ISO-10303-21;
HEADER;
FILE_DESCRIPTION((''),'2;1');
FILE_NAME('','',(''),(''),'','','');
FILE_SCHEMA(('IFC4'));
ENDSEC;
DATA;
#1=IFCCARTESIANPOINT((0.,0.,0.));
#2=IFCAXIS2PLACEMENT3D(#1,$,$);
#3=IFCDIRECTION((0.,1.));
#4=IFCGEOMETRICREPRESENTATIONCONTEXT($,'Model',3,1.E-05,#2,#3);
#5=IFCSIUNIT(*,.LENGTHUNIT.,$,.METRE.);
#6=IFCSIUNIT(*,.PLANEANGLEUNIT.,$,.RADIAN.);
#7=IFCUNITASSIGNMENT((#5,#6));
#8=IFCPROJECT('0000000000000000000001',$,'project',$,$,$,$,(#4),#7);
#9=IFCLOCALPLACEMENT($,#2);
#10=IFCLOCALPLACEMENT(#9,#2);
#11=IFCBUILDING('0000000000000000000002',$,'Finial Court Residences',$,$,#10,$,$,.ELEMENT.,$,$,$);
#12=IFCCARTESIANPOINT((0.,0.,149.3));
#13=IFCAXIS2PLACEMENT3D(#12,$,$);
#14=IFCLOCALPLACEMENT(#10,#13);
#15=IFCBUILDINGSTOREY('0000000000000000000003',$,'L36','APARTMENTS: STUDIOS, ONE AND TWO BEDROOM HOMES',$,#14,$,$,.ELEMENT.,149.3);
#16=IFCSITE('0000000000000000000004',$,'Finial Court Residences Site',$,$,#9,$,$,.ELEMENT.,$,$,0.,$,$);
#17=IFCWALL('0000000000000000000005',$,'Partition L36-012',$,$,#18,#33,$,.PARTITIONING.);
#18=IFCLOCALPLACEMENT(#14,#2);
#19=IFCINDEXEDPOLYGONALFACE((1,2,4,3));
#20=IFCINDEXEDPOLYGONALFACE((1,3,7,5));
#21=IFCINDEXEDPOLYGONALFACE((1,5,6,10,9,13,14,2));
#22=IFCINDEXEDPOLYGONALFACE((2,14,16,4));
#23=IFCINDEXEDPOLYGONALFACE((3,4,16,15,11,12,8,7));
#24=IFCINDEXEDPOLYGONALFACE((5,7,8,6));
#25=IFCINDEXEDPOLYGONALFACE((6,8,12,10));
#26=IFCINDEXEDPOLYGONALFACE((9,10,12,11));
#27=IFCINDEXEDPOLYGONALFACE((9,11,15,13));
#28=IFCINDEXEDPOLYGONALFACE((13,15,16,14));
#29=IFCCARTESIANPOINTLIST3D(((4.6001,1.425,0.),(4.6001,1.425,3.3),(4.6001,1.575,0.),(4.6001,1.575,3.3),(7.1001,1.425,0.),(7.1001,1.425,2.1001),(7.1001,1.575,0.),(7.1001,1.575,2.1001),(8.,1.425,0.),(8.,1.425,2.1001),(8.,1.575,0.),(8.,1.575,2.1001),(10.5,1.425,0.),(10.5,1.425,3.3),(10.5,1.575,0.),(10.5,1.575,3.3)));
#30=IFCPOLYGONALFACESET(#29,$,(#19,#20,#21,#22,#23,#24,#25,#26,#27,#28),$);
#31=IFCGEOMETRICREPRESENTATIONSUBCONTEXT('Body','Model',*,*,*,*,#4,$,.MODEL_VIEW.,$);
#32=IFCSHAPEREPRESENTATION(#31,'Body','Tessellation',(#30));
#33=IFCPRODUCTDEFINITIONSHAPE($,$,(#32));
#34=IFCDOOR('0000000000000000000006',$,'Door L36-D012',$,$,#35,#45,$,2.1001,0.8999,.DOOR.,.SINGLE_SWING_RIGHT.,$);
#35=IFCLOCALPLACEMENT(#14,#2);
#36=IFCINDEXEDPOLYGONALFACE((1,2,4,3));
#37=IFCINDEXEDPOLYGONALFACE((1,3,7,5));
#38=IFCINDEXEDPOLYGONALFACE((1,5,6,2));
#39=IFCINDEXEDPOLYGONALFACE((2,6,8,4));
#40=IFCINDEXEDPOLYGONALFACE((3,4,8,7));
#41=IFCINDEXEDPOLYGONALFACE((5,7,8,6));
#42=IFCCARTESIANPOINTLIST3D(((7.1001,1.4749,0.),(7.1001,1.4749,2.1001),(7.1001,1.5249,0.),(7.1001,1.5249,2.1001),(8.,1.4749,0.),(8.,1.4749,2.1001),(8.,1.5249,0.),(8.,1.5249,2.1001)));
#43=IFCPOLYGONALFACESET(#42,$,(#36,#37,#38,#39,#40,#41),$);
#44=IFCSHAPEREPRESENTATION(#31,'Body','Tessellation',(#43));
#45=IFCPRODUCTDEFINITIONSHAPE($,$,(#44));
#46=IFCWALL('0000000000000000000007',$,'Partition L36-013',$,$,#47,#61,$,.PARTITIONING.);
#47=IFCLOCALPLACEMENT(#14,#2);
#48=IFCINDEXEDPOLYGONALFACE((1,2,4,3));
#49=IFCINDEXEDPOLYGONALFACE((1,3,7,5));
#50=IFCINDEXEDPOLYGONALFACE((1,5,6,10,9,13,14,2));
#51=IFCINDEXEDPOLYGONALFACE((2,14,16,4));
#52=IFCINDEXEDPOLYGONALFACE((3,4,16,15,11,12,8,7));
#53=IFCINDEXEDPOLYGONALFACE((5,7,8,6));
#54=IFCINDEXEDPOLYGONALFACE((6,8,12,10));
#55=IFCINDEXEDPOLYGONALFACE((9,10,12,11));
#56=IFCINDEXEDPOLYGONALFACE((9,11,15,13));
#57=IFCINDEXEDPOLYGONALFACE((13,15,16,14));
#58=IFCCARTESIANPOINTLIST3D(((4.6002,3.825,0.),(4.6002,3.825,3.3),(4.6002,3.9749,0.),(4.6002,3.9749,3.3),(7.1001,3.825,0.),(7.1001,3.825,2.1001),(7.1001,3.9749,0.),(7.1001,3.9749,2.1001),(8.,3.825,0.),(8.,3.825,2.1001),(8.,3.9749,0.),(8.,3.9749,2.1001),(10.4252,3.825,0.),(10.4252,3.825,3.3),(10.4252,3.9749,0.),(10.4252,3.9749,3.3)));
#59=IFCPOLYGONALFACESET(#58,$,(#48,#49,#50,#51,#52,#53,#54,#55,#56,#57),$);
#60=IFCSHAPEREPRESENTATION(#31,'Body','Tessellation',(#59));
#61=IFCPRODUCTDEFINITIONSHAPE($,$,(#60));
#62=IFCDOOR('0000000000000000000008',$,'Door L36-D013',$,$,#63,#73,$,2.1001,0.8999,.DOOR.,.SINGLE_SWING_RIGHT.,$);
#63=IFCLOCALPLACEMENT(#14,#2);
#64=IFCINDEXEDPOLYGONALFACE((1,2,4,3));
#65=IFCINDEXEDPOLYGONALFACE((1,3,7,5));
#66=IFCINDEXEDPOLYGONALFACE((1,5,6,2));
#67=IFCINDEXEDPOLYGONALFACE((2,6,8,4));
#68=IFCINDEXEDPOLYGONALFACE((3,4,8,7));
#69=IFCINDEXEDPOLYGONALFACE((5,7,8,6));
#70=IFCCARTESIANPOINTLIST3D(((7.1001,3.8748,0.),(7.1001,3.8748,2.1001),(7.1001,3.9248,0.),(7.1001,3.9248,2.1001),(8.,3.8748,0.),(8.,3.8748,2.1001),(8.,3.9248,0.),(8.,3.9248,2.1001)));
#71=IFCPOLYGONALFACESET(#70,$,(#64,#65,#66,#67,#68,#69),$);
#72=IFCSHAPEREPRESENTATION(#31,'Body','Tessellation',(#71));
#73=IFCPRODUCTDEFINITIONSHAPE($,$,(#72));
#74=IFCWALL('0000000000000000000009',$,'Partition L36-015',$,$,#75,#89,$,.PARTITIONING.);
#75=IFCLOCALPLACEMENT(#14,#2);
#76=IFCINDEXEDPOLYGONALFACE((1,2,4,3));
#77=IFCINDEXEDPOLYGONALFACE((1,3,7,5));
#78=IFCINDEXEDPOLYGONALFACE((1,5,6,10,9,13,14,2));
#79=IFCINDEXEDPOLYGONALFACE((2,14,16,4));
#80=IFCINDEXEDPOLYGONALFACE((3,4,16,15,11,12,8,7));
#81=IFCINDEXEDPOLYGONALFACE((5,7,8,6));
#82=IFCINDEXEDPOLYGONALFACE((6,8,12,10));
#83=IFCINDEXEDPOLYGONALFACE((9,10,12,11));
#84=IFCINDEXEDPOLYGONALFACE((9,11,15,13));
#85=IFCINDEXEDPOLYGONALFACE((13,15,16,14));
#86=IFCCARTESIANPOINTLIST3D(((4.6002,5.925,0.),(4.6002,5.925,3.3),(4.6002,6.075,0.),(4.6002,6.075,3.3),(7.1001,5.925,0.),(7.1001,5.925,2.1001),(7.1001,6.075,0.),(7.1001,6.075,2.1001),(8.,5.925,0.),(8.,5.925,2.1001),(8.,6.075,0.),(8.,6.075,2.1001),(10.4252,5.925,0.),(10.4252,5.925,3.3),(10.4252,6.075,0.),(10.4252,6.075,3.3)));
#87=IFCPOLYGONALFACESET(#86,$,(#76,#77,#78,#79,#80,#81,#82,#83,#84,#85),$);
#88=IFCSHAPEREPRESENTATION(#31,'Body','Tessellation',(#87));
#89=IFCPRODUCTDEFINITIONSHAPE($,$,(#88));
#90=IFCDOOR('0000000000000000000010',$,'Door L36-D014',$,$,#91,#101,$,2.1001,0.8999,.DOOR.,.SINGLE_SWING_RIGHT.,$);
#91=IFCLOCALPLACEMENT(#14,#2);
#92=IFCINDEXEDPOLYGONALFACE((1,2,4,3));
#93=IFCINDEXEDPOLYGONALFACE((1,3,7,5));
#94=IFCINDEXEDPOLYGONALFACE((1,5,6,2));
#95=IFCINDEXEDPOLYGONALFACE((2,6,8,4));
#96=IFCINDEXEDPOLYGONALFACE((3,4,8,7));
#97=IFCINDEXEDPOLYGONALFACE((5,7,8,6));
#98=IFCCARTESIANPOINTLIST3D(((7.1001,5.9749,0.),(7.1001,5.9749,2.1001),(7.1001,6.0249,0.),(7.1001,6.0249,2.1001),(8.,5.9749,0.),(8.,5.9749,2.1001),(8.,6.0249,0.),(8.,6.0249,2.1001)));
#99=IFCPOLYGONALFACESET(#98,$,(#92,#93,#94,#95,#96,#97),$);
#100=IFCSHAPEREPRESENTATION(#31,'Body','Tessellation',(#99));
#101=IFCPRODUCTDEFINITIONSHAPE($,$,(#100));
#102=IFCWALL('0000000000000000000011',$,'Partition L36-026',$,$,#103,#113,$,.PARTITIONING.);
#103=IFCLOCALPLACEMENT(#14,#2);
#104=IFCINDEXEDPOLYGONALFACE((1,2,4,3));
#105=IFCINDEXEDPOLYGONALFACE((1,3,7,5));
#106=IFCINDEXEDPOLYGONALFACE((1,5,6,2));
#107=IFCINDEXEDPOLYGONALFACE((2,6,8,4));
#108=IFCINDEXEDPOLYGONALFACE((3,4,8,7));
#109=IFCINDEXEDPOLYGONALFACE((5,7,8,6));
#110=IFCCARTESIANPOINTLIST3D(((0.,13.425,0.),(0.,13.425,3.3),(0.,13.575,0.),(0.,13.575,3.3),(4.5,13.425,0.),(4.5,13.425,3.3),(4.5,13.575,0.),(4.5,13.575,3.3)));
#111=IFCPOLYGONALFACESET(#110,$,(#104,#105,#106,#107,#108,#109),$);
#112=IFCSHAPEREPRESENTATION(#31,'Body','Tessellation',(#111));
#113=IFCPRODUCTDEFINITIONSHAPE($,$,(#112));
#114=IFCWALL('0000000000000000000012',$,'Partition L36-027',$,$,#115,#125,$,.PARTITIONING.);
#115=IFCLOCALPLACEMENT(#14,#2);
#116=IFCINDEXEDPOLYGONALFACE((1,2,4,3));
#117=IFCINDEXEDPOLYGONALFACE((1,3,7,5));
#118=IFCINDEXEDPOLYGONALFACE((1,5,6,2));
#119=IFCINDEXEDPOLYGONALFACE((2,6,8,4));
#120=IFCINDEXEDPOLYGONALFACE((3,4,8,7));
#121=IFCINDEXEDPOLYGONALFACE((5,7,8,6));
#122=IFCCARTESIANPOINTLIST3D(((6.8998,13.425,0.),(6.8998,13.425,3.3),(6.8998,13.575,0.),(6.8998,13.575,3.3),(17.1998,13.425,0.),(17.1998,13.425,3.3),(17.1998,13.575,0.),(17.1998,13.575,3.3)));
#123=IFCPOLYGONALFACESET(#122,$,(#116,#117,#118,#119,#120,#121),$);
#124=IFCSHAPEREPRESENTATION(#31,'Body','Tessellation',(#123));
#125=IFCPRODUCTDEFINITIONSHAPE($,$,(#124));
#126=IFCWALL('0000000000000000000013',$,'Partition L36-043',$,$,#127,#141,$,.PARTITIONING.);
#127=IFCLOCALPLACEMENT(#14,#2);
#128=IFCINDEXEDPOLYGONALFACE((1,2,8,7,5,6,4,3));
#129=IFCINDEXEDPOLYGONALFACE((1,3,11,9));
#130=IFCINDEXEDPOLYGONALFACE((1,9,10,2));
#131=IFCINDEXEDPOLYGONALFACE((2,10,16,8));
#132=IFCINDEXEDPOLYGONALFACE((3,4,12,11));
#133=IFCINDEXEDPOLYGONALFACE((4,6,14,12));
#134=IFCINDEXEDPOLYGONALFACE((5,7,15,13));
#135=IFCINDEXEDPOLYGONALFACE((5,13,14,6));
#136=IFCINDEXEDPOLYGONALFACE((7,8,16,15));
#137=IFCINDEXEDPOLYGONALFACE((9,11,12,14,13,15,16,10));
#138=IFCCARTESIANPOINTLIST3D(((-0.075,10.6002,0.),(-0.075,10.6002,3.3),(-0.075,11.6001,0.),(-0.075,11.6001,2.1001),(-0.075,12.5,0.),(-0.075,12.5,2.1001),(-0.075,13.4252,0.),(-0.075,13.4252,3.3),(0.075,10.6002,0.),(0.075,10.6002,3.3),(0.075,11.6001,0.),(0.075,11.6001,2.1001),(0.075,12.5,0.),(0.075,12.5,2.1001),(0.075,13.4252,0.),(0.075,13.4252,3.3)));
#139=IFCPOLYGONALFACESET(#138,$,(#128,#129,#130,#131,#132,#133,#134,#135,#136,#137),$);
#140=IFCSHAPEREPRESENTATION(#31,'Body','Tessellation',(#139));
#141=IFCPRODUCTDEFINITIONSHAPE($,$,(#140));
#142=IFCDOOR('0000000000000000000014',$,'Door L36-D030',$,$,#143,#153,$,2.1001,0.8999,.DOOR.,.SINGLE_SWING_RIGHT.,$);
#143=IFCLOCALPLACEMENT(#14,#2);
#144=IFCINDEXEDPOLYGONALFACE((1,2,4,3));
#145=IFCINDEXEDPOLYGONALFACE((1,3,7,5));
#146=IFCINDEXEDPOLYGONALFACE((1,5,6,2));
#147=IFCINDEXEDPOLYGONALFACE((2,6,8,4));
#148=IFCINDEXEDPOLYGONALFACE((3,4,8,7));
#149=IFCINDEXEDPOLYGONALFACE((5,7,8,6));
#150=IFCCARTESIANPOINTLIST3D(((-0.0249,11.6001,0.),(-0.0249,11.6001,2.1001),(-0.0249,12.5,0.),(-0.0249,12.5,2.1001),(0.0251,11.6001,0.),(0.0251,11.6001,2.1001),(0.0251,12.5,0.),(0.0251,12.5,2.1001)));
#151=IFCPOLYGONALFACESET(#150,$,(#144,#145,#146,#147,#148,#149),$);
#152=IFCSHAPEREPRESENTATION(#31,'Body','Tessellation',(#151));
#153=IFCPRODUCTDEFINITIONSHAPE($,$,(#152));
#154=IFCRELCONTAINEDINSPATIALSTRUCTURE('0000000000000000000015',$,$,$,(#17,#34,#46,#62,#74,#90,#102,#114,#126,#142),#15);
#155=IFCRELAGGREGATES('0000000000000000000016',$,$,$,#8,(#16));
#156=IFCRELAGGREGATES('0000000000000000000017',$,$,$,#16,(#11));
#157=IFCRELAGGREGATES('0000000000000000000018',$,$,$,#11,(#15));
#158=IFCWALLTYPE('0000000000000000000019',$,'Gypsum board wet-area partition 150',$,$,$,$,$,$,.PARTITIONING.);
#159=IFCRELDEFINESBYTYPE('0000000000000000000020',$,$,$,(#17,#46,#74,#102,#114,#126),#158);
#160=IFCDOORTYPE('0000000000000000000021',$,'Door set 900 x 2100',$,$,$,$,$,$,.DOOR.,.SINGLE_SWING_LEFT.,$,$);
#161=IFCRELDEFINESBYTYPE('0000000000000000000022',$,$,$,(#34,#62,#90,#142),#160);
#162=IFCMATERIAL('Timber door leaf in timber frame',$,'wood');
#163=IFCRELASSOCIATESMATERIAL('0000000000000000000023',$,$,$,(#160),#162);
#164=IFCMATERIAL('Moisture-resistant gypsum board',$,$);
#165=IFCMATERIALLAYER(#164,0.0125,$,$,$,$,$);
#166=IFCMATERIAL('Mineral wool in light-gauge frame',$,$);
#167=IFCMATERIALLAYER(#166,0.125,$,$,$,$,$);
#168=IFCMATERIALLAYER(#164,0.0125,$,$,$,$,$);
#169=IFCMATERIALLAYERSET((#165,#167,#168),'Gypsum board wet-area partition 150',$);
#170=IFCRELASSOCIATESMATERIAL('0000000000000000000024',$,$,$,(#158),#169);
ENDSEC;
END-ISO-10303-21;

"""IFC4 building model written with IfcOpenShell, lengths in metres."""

from ifc_helpers import new_model, si_unit, direction, frame, frame_2d, origin, place, context, subcontext, project, spatial, rectangle, extrude, material, layer, layer_set, type_object, element, fill, save


model = new_model("IFC4")

# Units and contexts
model_context = context("Model", 3, precision=1e-05, world=origin(), true_north=direction((0.0, 1.0)))
body_context = subcontext(model_context, "Body", "Model", "MODEL_VIEW")
ifc_project = project(units=[si_unit("LENGTHUNIT", "METRE"), si_unit("PLANEANGLEUNIT", "RADIAN")], contexts=[model_context])

# Site, building, storey
site_placement = place(None, origin())
site = spatial("IfcSite", under=ifc_project, at=site_placement, Name="Finial Court Residences Site", CompositionType="ELEMENT", RefElevation=0.0)
building_placement = place(site_placement, origin())
building = spatial("IfcBuilding", under=site, at=building_placement, Name="Finial Court Residences", CompositionType="ELEMENT")
storey_placement = place(building_placement, frame((0.0, 0.0, 149.3)))
storey = spatial("IfcBuildingStorey", under=building, at=storey_placement, Name="L36", Description="APARTMENTS: STUDIOS, ONE AND TWO BEDROOM HOMES", CompositionType="ELEMENT", Elevation=149.3)

# Walls, openings, doors
ifc_material_1 = material(Name="Mineral wool in light-gauge frame")
ifc_material_2 = material(Name="Timber door leaf in timber frame", Category="wood")
door_type = type_object("IfcDoorType", Name="Door set 900 x 2100", OperationType="SINGLE_SWING_LEFT", PredefinedType="DOOR", material=ifc_material_2)
ifc_material_3 = material(Name="Moisture-resistant gypsum board")
ifc_layer_1 = layer(ifc_material_3, 0.0125)
ifc_layer_2 = layer(ifc_material_1, 0.125)
ifc_layer_3 = layer(ifc_material_3, 0.0125)
ifc_layer_set_1 = layer_set([ifc_layer_1, ifc_layer_2, ifc_layer_3], Name="Gypsum board wet-area partition 150")
wall_type_1 = type_object("IfcWallType", Name="Gypsum board wet-area partition 150", PredefinedType="PARTITIONING", material=ifc_layer_set_1)
wall_1_placement = place(storey_placement, frame((4.6001, 1.5, 0.0), z_axis=(0.0, 0.0, 1.0), x_axis=(1.0, 0.0, 0.0)))
wall_1 = element("IfcWall", 1, at=wall_1_placement, inside=storey, type_object=wall_type_1, Name="Partition L36-012", PredefinedType="PARTITIONING", context=body_context, shape_type="SweptSolid", body=[
    extrude(rectangle(XDim=5.8999, YDim=0.1499, at=frame_2d((2.95, 0.0))), origin(), (0.0, 0.0, 1.0), 3.3),
])
opening_1_placement = place(wall_1_placement, frame((2.5, 0.0, 0.0)))
opening_1 = element("IfcOpeningElement", 2, at=opening_1_placement, cuts=wall_1, PredefinedType="OPENING", context=body_context, shape_type="SweptSolid", body=[
    extrude(rectangle(XDim=0.8999, YDim=2.1001, at=frame_2d((0.45, 1.05))), frame((0.0, 0.085, 0.0), z_axis=(0.0, -1.0, 0.0), x_axis=(1.0, 0.0, 0.0)), (0.0, 0.0, 1.0), 0.1699),
])
door_1_placement = place(opening_1_placement, origin())
door_1 = element("IfcDoor", 3, at=door_1_placement, inside=storey, type_object=door_type, Name="Door L36-D012", OperationType="SINGLE_SWING_RIGHT", OverallHeight=2.1001, OverallWidth=0.8999, PredefinedType="DOOR", context=body_context, shape_type="SweptSolid", body=[
    extrude(rectangle(XDim=0.8999, YDim=2.1001, at=frame_2d((0.45, 1.05))), frame((0.0, 0.0249, 0.0), z_axis=(0.0, -1.0, 0.0), x_axis=(1.0, 0.0, 0.0)), (0.0, 0.0, 1.0), 0.05),
])
fill(opening_1, door_1)
wall_2_placement = place(storey_placement, frame((4.6001, 3.8999, 0.0), z_axis=(0.0, 0.0, 1.0), x_axis=(1.0, 0.0, 0.0)))
wall_2 = element("IfcWall", 4, at=wall_2_placement, inside=storey, type_object=wall_type_1, Name="Partition L36-013", PredefinedType="PARTITIONING", context=body_context, shape_type="SweptSolid", body=[
    extrude(rectangle(XDim=5.825, YDim=0.1499, at=frame_2d((2.9126, 0.0))), origin(), (0.0, 0.0, 1.0), 3.3),
])
opening_2_placement = place(wall_2_placement, frame((2.5, 0.0, 0.0)))
opening_2 = element("IfcOpeningElement", 5, at=opening_2_placement, cuts=wall_2, PredefinedType="OPENING", context=body_context, shape_type="SweptSolid", body=[
    extrude(rectangle(XDim=0.8999, YDim=2.1001, at=frame_2d((0.45, 1.05))), frame((0.0, 0.085, 0.0), z_axis=(0.0, -1.0, 0.0), x_axis=(1.0, 0.0, 0.0)), (0.0, 0.0, 1.0), 0.1699),
])
door_2_placement = place(opening_2_placement, origin())
door_2 = element("IfcDoor", 6, at=door_2_placement, inside=storey, type_object=door_type, Name="Door L36-D013", OperationType="SINGLE_SWING_RIGHT", OverallHeight=2.1001, OverallWidth=0.8999, PredefinedType="DOOR", context=body_context, shape_type="SweptSolid", body=[
    extrude(rectangle(XDim=0.8999, YDim=2.1001, at=frame_2d((0.45, 1.05))), frame((0.0, 0.0249, 0.0), z_axis=(0.0, -1.0, 0.0), x_axis=(1.0, 0.0, 0.0)), (0.0, 0.0, 1.0), 0.05),
])
fill(opening_2, door_2)
wall_3_placement = place(storey_placement, frame((4.6001, 6.0, 0.0), z_axis=(0.0, 0.0, 1.0), x_axis=(1.0, 0.0, 0.0)))
wall_3 = element("IfcWall", 7, at=wall_3_placement, inside=storey, type_object=wall_type_1, Name="Partition L36-015", PredefinedType="PARTITIONING", context=body_context, shape_type="SweptSolid", body=[
    extrude(rectangle(XDim=5.825, YDim=0.1499, at=frame_2d((2.9126, 0.0))), origin(), (0.0, 0.0, 1.0), 3.3),
])
opening_3_placement = place(wall_3_placement, frame((2.5, 0.0, 0.0)))
opening_3 = element("IfcOpeningElement", 8, at=opening_3_placement, cuts=wall_3, PredefinedType="OPENING", context=body_context, shape_type="SweptSolid", body=[
    extrude(rectangle(XDim=0.8999, YDim=2.1001, at=frame_2d((0.45, 1.05))), frame((0.0, 0.085, 0.0), z_axis=(0.0, -1.0, 0.0), x_axis=(1.0, 0.0, 0.0)), (0.0, 0.0, 1.0), 0.1699),
])
door_3_placement = place(opening_3_placement, origin())
door_3 = element("IfcDoor", 9, at=door_3_placement, inside=storey, type_object=door_type, Name="Door L36-D014", OperationType="SINGLE_SWING_RIGHT", OverallHeight=2.1001, OverallWidth=0.8999, PredefinedType="DOOR", context=body_context, shape_type="SweptSolid", body=[
    extrude(rectangle(XDim=0.8999, YDim=2.1001, at=frame_2d((0.45, 1.05))), frame((0.0, 0.0249, 0.0), z_axis=(0.0, -1.0, 0.0), x_axis=(1.0, 0.0, 0.0)), (0.0, 0.0, 1.0), 0.05),
])
fill(opening_3, door_3)

# Walls
wall_4_placement = place(storey_placement, frame((0.0, 13.5, 0.0), z_axis=(0.0, 0.0, 1.0), x_axis=(1.0, 0.0, 0.0)))
element("IfcWall", 10, at=wall_4_placement, inside=storey, type_object=wall_type_1, Name="Partition L36-026", PredefinedType="PARTITIONING", context=body_context, shape_type="SweptSolid", body=[
    extrude(rectangle(XDim=4.5, YDim=0.1499, at=frame_2d((2.25, 0.0))), origin(), (0.0, 0.0, 1.0), 3.3),
])
wall_5_placement = place(storey_placement, frame((6.8999, 13.5, 0.0), z_axis=(0.0, 0.0, 1.0), x_axis=(1.0, 0.0, 0.0)))
element("IfcWall", 11, at=wall_5_placement, inside=storey, type_object=wall_type_1, Name="Partition L36-027", PredefinedType="PARTITIONING", context=body_context, shape_type="SweptSolid", body=[
    extrude(rectangle(XDim=10.3, YDim=0.1499, at=frame_2d((5.1499, 0.0))), origin(), (0.0, 0.0, 1.0), 3.3),
])

# Wall, opening, door
wall_6_placement = place(storey_placement, frame((0.0, 10.6001, 0.0), z_axis=(0.0, 0.0, 1.0), x_axis=(0.0, 1.0, 0.0)))
wall_6 = element("IfcWall", 12, at=wall_6_placement, inside=storey, type_object=wall_type_1, Name="Partition L36-043", PredefinedType="PARTITIONING", context=body_context, shape_type="SweptSolid", body=[
    extrude(rectangle(XDim=2.825, YDim=0.1499, at=frame_2d((1.4126, 0.0))), origin(), (0.0, 0.0, 1.0), 3.3),
])
opening_4_placement = place(wall_6_placement, frame((1.0, 0.0, 0.0)))
opening_4 = element("IfcOpeningElement", 13, at=opening_4_placement, cuts=wall_6, PredefinedType="OPENING", context=body_context, shape_type="SweptSolid", body=[
    extrude(rectangle(XDim=0.8999, YDim=2.1001, at=frame_2d((0.45, 1.05))), frame((0.0, 0.085, 0.0), z_axis=(0.0, -1.0, 0.0), x_axis=(1.0, 0.0, 0.0)), (0.0, 0.0, 1.0), 0.1699),
])
door_4_placement = place(opening_4_placement, origin())
door_4 = element("IfcDoor", 14, at=door_4_placement, inside=storey, type_object=door_type, Name="Door L36-D030", OperationType="SINGLE_SWING_RIGHT", OverallHeight=2.1001, OverallWidth=0.8999, PredefinedType="DOOR", context=body_context, shape_type="SweptSolid", body=[
    extrude(rectangle(XDim=0.8999, YDim=2.1001, at=frame_2d((0.45, 1.05))), frame((0.0, 0.0249, 0.0), z_axis=(0.0, -1.0, 0.0), x_axis=(1.0, 0.0, 0.0)), (0.0, 0.0, 1.0), 0.05),
])
fill(opening_4, door_4)

save(model, "model.ifc")
